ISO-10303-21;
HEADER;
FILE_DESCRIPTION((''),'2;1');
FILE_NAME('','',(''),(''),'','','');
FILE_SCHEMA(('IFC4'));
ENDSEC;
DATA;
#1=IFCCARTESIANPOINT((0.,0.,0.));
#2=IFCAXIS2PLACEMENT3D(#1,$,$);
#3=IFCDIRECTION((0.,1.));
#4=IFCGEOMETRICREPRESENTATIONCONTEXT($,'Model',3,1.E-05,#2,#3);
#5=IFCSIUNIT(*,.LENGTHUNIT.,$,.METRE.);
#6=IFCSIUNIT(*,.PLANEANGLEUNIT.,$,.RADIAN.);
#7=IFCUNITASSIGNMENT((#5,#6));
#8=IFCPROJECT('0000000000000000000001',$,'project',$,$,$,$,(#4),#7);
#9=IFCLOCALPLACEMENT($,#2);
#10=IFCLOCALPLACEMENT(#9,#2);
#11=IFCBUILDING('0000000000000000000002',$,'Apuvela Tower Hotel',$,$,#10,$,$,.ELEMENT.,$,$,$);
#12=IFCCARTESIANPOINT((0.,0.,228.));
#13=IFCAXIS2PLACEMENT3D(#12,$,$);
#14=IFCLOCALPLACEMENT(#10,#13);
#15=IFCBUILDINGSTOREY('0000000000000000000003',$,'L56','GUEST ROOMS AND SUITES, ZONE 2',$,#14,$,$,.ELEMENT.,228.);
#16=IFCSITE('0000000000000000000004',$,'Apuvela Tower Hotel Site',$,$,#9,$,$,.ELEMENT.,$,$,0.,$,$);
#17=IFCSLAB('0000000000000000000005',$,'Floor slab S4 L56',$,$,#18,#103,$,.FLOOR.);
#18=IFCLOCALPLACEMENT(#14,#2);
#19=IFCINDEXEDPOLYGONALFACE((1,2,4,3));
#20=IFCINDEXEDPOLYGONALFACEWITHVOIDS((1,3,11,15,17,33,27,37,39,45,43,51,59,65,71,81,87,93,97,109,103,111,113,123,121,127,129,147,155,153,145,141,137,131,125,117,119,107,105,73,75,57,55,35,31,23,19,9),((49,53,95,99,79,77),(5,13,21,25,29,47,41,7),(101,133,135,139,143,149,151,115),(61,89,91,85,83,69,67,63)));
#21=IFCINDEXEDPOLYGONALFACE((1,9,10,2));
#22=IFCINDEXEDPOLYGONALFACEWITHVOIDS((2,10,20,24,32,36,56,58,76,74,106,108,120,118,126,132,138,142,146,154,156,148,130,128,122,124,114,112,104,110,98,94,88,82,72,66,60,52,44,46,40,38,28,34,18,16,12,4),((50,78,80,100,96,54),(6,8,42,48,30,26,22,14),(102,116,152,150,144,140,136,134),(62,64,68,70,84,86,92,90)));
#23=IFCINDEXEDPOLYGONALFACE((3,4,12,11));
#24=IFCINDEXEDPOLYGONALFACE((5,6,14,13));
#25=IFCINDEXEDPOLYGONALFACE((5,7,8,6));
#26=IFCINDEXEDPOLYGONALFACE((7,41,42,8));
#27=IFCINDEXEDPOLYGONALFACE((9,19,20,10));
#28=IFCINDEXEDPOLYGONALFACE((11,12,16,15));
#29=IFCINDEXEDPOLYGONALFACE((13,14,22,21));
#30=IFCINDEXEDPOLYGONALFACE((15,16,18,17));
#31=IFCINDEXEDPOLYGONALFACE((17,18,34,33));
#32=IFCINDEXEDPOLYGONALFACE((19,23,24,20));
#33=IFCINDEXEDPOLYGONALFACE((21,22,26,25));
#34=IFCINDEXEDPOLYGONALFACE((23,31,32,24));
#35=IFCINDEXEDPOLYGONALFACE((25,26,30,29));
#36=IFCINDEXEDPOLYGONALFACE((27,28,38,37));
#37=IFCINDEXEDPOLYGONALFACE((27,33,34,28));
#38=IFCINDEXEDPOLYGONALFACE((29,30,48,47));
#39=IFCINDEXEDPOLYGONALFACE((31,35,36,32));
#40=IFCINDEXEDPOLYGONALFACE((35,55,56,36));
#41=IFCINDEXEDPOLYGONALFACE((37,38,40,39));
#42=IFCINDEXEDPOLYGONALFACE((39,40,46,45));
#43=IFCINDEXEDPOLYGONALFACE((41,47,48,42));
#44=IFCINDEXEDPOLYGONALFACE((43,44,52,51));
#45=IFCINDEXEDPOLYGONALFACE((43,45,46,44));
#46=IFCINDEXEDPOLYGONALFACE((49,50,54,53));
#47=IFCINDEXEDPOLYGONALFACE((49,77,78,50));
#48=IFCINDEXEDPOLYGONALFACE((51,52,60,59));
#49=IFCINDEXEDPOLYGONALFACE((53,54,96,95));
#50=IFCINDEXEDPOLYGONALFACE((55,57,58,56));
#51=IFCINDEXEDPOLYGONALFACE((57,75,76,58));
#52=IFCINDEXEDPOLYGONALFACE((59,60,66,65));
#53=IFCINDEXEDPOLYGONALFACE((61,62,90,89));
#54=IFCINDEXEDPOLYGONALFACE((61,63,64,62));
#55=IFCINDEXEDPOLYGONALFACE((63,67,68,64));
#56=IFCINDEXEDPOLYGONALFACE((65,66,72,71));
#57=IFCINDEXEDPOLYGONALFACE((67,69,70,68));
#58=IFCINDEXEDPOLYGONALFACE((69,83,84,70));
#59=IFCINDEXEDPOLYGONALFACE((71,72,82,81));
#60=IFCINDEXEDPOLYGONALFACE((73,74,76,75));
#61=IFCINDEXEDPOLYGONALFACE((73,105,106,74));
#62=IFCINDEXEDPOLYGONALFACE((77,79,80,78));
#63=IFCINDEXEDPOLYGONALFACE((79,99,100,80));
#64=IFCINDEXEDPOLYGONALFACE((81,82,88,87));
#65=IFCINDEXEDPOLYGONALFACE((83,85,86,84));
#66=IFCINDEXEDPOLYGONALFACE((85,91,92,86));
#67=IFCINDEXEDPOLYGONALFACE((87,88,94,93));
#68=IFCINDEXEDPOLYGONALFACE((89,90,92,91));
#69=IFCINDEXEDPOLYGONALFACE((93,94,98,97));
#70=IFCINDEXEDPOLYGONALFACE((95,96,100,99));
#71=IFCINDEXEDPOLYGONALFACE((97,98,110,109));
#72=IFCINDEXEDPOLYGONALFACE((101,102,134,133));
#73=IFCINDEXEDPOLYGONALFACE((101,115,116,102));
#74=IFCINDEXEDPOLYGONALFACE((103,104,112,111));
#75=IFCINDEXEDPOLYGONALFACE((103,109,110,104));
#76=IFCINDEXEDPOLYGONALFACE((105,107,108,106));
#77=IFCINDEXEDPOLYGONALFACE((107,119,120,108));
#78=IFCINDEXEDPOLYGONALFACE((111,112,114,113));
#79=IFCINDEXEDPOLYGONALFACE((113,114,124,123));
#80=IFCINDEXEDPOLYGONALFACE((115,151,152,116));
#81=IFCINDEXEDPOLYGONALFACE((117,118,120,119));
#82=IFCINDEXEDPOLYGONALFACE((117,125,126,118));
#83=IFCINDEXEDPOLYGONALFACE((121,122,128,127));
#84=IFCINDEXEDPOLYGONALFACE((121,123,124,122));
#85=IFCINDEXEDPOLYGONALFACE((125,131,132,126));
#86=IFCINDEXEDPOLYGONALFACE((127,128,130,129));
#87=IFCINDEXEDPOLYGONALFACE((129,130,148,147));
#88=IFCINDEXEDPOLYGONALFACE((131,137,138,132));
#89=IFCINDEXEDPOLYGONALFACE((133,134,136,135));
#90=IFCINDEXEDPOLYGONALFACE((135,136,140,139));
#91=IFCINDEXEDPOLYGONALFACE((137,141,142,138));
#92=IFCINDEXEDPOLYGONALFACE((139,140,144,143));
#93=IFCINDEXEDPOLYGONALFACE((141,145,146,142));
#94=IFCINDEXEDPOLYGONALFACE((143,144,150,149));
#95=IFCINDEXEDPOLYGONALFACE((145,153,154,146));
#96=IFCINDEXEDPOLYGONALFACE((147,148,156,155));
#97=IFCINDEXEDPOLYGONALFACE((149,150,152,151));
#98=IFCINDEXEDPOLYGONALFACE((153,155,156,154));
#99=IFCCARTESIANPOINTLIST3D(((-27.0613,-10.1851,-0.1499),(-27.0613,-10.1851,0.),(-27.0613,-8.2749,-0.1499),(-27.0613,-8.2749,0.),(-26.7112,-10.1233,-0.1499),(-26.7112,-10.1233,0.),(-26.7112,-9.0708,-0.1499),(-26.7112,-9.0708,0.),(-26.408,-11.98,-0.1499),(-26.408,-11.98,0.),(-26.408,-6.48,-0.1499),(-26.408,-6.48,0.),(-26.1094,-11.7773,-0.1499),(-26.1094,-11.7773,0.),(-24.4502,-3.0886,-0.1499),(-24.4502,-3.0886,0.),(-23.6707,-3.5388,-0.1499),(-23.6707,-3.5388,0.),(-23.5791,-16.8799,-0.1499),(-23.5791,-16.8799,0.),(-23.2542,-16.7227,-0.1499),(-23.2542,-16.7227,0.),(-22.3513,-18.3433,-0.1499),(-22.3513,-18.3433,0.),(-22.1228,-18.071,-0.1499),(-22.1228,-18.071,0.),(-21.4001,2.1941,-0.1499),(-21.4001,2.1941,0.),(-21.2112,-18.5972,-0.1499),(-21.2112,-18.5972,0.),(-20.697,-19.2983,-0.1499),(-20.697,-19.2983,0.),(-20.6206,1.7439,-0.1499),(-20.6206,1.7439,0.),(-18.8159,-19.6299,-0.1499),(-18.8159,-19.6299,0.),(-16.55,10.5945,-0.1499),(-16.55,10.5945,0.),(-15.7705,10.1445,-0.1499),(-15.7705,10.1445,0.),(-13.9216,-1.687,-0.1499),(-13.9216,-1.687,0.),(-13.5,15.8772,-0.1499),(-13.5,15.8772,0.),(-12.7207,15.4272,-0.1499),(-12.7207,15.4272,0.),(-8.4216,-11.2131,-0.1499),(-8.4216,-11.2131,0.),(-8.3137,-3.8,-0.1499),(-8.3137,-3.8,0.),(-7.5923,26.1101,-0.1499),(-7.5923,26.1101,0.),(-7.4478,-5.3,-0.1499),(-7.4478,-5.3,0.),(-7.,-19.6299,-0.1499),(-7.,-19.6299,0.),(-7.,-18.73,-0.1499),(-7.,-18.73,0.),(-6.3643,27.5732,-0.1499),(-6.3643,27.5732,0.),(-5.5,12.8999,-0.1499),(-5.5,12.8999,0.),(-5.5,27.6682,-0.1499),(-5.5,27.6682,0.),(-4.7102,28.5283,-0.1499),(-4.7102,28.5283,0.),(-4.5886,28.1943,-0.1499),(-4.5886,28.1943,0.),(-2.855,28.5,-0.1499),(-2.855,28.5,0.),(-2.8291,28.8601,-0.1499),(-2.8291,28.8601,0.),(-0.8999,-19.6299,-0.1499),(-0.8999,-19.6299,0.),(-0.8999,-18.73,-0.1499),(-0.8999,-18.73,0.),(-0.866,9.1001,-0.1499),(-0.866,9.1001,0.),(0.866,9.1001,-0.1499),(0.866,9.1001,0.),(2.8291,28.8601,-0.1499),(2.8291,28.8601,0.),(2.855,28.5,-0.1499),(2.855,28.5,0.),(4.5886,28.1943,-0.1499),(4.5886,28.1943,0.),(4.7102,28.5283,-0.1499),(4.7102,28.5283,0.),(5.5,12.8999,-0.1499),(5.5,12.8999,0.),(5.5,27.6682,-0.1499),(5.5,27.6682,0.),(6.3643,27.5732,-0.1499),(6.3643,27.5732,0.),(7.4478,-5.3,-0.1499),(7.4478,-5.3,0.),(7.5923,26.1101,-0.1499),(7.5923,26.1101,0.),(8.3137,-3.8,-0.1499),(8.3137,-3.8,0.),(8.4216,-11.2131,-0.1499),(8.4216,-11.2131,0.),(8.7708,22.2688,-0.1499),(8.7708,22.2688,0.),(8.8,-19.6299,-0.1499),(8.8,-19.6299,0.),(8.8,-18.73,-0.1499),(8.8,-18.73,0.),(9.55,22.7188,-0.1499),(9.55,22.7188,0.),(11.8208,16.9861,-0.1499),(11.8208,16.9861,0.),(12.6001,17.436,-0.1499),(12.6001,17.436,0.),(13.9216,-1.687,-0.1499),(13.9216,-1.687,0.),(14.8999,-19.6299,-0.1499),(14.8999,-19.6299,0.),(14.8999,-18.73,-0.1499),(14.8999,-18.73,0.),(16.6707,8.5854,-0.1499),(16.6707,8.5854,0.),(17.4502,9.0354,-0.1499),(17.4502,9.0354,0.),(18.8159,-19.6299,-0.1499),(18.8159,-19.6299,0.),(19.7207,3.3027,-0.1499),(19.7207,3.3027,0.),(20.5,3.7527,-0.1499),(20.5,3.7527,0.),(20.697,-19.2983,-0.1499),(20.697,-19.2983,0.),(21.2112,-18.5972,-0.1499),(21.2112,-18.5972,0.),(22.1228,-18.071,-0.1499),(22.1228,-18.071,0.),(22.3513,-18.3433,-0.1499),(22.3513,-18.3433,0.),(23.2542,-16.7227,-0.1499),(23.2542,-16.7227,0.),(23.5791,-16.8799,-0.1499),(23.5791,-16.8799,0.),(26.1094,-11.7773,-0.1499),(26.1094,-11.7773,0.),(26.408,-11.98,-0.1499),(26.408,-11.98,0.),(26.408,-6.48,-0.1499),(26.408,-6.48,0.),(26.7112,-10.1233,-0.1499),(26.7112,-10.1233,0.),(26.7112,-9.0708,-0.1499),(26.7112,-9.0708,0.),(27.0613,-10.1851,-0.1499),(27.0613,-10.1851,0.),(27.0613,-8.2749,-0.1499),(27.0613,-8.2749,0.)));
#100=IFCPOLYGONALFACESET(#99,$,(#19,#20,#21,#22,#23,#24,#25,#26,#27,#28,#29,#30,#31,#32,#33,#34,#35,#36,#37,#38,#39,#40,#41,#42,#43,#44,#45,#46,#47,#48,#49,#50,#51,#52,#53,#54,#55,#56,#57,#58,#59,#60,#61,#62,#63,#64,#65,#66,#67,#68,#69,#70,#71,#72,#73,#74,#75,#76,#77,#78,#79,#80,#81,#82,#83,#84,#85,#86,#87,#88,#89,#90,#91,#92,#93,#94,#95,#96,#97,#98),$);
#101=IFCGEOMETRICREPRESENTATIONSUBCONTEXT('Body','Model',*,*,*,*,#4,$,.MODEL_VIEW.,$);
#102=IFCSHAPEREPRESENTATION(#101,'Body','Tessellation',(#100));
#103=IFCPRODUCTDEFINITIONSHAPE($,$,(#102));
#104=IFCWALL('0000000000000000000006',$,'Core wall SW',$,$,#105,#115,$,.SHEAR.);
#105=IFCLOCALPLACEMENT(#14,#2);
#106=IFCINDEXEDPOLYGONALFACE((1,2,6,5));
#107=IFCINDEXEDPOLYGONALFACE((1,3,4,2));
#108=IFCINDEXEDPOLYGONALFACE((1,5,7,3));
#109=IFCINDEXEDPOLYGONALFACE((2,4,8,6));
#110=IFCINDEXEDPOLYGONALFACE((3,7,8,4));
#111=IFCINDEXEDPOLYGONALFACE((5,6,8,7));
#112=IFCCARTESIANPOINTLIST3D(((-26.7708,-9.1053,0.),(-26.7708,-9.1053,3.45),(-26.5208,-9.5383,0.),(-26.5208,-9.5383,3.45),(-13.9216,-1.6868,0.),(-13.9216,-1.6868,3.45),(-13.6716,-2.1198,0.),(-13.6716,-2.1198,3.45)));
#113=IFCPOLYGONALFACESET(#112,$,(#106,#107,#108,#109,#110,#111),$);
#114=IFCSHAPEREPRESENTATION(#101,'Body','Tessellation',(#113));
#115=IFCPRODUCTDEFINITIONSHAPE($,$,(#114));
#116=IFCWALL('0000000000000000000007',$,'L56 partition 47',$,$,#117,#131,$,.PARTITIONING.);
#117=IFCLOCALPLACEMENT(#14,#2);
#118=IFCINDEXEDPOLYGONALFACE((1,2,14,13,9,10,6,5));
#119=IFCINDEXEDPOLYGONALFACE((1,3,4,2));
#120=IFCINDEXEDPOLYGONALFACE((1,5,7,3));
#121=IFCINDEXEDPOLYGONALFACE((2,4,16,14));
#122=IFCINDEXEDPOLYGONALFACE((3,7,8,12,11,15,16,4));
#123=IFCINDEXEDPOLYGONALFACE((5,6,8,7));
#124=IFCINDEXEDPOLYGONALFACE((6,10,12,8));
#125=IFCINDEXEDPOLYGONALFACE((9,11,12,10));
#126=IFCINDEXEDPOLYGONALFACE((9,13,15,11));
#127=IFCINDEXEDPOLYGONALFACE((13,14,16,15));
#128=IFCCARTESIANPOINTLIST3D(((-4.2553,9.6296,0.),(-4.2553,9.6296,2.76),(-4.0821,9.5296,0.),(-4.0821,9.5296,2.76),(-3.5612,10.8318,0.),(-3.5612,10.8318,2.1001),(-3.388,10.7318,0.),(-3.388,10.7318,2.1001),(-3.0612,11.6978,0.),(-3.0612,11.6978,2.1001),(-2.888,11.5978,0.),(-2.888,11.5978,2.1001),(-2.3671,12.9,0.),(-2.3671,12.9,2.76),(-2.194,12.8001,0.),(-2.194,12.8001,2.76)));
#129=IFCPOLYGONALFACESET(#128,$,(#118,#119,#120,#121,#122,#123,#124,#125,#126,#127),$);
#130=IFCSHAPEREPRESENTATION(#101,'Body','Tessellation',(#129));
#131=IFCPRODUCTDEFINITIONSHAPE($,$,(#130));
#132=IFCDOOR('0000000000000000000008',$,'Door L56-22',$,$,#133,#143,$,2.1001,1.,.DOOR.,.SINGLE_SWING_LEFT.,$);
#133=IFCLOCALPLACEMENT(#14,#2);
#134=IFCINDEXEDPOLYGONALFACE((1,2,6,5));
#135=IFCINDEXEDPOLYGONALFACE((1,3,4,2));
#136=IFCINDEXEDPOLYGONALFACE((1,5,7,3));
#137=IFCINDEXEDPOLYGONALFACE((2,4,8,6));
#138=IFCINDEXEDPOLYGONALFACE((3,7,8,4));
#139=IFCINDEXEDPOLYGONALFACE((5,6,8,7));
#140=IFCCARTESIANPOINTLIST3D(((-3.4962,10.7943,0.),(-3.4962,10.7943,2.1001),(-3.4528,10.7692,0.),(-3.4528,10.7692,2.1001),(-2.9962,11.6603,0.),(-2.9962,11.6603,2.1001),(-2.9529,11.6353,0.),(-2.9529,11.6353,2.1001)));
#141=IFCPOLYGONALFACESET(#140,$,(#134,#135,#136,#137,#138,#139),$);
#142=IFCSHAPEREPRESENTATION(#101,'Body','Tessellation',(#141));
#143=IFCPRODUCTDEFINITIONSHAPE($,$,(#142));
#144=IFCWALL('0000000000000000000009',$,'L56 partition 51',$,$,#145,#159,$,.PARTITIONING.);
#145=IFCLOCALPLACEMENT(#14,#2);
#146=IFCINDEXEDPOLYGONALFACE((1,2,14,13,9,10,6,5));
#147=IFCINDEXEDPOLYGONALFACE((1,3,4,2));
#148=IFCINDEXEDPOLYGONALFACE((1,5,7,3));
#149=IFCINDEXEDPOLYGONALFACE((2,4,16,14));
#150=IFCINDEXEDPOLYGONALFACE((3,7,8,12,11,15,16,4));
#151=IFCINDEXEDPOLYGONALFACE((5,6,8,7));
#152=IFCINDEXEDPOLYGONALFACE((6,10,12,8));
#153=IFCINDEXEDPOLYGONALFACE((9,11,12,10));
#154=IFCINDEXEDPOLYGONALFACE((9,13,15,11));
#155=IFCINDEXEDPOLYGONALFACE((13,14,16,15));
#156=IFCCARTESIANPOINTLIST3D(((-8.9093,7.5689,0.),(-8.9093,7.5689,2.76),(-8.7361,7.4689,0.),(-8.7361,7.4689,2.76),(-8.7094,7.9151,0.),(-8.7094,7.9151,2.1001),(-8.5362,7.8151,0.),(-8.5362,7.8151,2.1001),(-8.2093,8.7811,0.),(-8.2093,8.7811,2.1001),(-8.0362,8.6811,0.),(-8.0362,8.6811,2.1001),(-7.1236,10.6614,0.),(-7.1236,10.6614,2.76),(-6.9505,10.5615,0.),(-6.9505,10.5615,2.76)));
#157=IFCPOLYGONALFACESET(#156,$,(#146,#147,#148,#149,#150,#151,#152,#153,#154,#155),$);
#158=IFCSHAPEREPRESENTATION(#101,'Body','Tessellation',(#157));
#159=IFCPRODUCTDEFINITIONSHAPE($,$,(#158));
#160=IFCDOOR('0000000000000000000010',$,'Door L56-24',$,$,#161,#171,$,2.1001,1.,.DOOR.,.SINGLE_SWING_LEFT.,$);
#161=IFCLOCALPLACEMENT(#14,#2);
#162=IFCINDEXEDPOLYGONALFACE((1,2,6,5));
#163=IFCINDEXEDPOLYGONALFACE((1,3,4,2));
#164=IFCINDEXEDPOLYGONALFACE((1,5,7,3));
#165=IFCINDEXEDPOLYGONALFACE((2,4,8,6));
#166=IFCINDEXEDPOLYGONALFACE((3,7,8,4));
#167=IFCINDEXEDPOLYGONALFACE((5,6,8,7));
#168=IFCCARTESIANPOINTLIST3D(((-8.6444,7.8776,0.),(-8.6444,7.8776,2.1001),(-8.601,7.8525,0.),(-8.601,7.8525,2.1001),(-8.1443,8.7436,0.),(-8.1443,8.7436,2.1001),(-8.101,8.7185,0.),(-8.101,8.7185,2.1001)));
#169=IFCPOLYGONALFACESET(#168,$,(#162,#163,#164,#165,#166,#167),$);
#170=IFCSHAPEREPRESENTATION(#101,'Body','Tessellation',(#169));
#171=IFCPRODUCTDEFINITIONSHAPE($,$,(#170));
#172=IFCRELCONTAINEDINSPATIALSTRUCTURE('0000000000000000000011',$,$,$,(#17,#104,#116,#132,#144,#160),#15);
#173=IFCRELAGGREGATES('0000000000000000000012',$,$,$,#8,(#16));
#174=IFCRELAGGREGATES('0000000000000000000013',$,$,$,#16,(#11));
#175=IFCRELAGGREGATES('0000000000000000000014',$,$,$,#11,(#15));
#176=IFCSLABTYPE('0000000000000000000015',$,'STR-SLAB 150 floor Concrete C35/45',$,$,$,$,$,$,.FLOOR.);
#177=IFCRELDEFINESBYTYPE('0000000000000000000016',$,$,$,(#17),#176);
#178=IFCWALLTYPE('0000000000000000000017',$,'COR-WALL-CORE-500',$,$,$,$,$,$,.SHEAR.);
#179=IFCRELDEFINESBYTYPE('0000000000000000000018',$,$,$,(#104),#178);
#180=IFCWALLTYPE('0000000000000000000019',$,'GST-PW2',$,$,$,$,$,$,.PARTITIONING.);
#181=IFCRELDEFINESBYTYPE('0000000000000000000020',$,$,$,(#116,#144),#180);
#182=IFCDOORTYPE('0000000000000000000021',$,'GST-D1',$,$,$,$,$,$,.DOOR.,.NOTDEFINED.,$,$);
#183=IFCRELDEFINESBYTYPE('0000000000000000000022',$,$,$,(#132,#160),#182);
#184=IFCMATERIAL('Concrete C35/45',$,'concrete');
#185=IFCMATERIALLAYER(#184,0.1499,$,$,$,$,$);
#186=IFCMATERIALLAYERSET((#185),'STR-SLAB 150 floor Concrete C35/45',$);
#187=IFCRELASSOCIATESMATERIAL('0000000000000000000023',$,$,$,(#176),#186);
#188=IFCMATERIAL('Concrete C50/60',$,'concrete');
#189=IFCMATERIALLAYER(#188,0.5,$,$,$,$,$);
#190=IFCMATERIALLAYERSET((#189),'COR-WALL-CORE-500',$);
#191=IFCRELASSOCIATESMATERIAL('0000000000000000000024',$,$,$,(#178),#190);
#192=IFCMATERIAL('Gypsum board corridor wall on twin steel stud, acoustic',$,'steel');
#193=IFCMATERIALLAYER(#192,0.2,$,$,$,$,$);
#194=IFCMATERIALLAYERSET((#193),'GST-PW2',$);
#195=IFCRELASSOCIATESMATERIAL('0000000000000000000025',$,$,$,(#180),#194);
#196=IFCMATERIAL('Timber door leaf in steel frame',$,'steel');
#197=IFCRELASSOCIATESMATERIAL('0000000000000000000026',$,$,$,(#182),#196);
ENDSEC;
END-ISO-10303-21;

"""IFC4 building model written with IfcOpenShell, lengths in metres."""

from ifc_helpers import new_model, si_unit, direction, frame, frame_2d, origin, place, context, subcontext, project, spatial, polyline, rectangle, outline, extrude, material, layer, layer_set, type_object, element, fill, save


model = new_model("IFC4")

# Units and contexts
model_context = context("Model", 3, precision=1e-05, world=origin(), true_north=direction((0.0, 1.0)))
body_context = subcontext(model_context, "Body", "Model", "MODEL_VIEW")
ifc_project = project(units=[si_unit("LENGTHUNIT", "METRE"), si_unit("PLANEANGLEUNIT", "RADIAN")], contexts=[model_context])

# Site, building, storey
site_placement = place(None, origin())
site = spatial("IfcSite", under=ifc_project, at=site_placement, Name="Apuvela Tower Hotel Site", CompositionType="ELEMENT", RefElevation=0.0)
building_placement = place(site_placement, origin())
building = spatial("IfcBuilding", under=site, at=building_placement, Name="Apuvela Tower Hotel", CompositionType="ELEMENT")
storey_placement = place(building_placement, frame((0.0, 0.0, 228.0)))
storey = spatial("IfcBuildingStorey", under=building, at=storey_placement, Name="L56", Description="GUEST ROOMS AND SUITES, ZONE 2", CompositionType="ELEMENT", Elevation=228.0)

# Slab
ifc_material_1 = material(Name="Concrete C35/45", Category="concrete")
ifc_layer_1 = layer(ifc_material_1, 0.1499)
ifc_layer_set_1 = layer_set([ifc_layer_1], Name="STR-SLAB 150 floor Concrete C35/45")
slab_type_1 = type_object("IfcSlabType", Name="STR-SLAB 150 floor Concrete C35/45", PredefinedType="FLOOR", material=ifc_layer_set_1)
slab_1_placement = place(storey_placement, frame((0.0, 0.0, -0.1499)))
element("IfcSlab", 1, at=slab_1_placement, inside=storey, type_object=slab_type_1, Name="Floor slab S4 L56", PredefinedType="FLOOR", context=body_context, shape_type="SweptSolid", body=[
    extrude(outline(polyline([(-6.3643, 27.5732), (-4.7102, 28.5283), (-2.8291, 28.8601), (2.8291, 28.8601), (4.7102, 28.5283), (6.3643, 27.5732), (7.5923, 26.1101), (9.55, 22.7188), (8.7708, 22.2688), (11.8208, 16.9861), (12.6001, 17.436), (17.4502, 9.0354), (16.6707, 8.5854), (19.7207, 3.3027), (20.5, 3.7527), (26.408, -6.48), (27.0613, -8.2749), (27.0613, -10.1851), (26.408, -11.98), (23.5791, -16.8799), (22.3513, -18.3433), (20.697, -19.2983), (18.8159, -19.6299), (14.8999, -19.6299), (14.8999, -18.73), (8.8, -18.73), (8.8, -19.6299), (-0.8999, -19.6299), (-0.8999, -18.73), (-7.0, -18.73), (-7.0, -19.6299), (-18.8159, -19.6299), (-20.697, -19.2983), (-22.3513, -18.3433), (-23.5791, -16.8799), (-26.408, -11.98), (-27.0613, -10.1851), (-27.0613, -8.2749), (-26.408, -6.48), (-24.4502, -3.0886), (-23.6707, -3.5388), (-20.6206, 1.7439), (-21.4001, 2.1941), (-16.55, 10.5945), (-15.7705, 10.1445), (-12.7207, 15.4272), (-13.5, 15.8772), (-7.5923, 26.1101), (-6.3643, 27.5732)]), holes=[polyline([(0.866, 9.1001), (-0.866, 9.1001), (-8.3137, -3.8), (-7.4478, -5.3), (7.4478, -5.3), (8.3137, -3.8), (0.866, 9.1001)]), polyline([(-5.5, 12.8999), (-5.5, 27.6682), (-4.5886, 28.1943), (-2.855, 28.5), (2.855, 28.5), (4.5886, 28.1943), (5.5, 27.6682), (5.5, 12.8999), (-5.5, 12.8999)]), polyline([(-8.4216, -11.2131), (-21.2112, -18.5972), (-22.1228, -18.071), (-23.2542, -16.7227), (-26.1094, -11.7773), (-26.7112, -10.1233), (-26.7112, -9.0708), (-13.9216, -1.687), (-8.4216, -11.2131)]), polyline([(13.9216, -1.687), (26.7112, -9.0708), (26.7112, -10.1233), (26.1094, -11.7773), (23.2542, -16.7227), (22.1228, -18.071), (21.2112, -18.5972), (8.4216, -11.2131), (13.9216, -1.687)])]), origin(), (0.0, 0.0, 1.0), 0.1499),
])

# Wall
ifc_material_2 = material(Name="Concrete C50/60", Category="concrete")
ifc_layer_2 = layer(ifc_material_2, 0.5)
ifc_layer_set_2 = layer_set([ifc_layer_2], Name="COR-WALL-CORE-500")
wall_type_1 = type_object("IfcWallType", Name="COR-WALL-CORE-500", PredefinedType="SHEAR", material=ifc_layer_set_2)
wall_1_placement = place(storey_placement, frame((-13.7966, -1.9033, 0.0), z_axis=(0.0, 0.0, 1.0), x_axis=(-0.866025, -0.500001, 0.0)))
element("IfcWall", 2, at=wall_1_placement, inside=storey, type_object=wall_type_1, Name="Core wall SW", PredefinedType="SHEAR", context=body_context, shape_type="SweptSolid", body=[
    extrude(rectangle(XDim=14.8369, YDim=0.5, at=frame_2d((7.4185, 0.0))), origin(), (0.0, 0.0, 1.0), 3.45),
])

# Walls, openings, doors
ifc_material_3 = material(Name="Gypsum board corridor wall on twin steel stud, acoustic", Category="steel")
ifc_layer_3 = layer(ifc_material_3, 0.2)
ifc_layer_set_3 = layer_set([ifc_layer_3], Name="GST-PW2")
wall_type_2 = type_object("IfcWallType", Name="GST-PW2", PredefinedType="PARTITIONING", material=ifc_layer_set_3)
wall_2_placement = place(storey_placement, frame((-4.1687, 9.5796, 0.0), z_axis=(0.0, 0.0, 1.0), x_axis=(0.499991, 0.866031, 0.0)))
wall_2 = element("IfcWall", 3, at=wall_2_placement, inside=storey, type_object=wall_type_2, Name="L56 partition 47", PredefinedType="PARTITIONING", context=body_context, shape_type="SweptSolid", body=[
    extrude(rectangle(XDim=3.7764, YDim=0.2, at=frame_2d((1.8882, 0.0))), origin(), (0.0, 0.0, 1.0), 2.76),
])
opening_1_placement = place(wall_2_placement, frame((1.3882, 0.0, 0.0)))
opening_1 = element("IfcOpeningElement", 4, at=opening_1_placement, cuts=wall_2, PredefinedType="OPENING", context=body_context, shape_type="SweptSolid", body=[
    extrude(rectangle(XDim=1.0, YDim=2.1001, at=frame_2d((0.5, 1.05))), frame((0.0, 0.1099, 0.0), z_axis=(0.0, -1.0, 0.0), x_axis=(1.0, 0.0, 0.0)), (0.0, 0.0, 1.0), 0.22),
])
ifc_material_4 = material(Name="Timber door leaf in steel frame", Category="steel")
door_type_1 = type_object("IfcDoorType", Name="GST-D1", OperationType="NOTDEFINED", PredefinedType="DOOR", material=ifc_material_4)
door_1_placement = place(opening_1_placement, origin())
door_1 = element("IfcDoor", 5, at=door_1_placement, inside=storey, type_object=door_type_1, Name="Door L56-22", OperationType="SINGLE_SWING_LEFT", OverallHeight=2.1001, OverallWidth=1.0, PredefinedType="DOOR", context=body_context, shape_type="SweptSolid", body=[
    extrude(rectangle(XDim=1.0, YDim=2.1001, at=frame_2d((0.5, 1.05))), frame((0.0, 0.0249, 0.0), z_axis=(0.0, -1.0, 0.0), x_axis=(1.0, 0.0, 0.0)), (0.0, 0.0, 1.0), 0.05),
])
fill(opening_1, door_1)
wall_3_placement = place(storey_placement, frame((-8.8228, 7.5188, 0.0), z_axis=(0.0, 0.0, 1.0), x_axis=(0.500036, 0.866005, 0.0)))
wall_3 = element("IfcWall", 6, at=wall_3_placement, inside=storey, type_object=wall_type_2, Name="L56 partition 51", PredefinedType="PARTITIONING", context=body_context, shape_type="SweptSolid", body=[
    extrude(rectangle(XDim=3.571, YDim=0.2, at=frame_2d((1.7856, 0.0))), origin(), (0.0, 0.0, 1.0), 2.76),
])
opening_2_placement = place(wall_3_placement, frame((0.3999, 0.0, 0.0)))
opening_2 = element("IfcOpeningElement", 7, at=opening_2_placement, cuts=wall_3, PredefinedType="OPENING", context=body_context, shape_type="SweptSolid", body=[
    extrude(rectangle(XDim=1.0, YDim=2.1001, at=frame_2d((0.5, 1.05))), frame((0.0, 0.1099, 0.0), z_axis=(0.0, -1.0, 0.0), x_axis=(1.0, 0.0, 0.0)), (0.0, 0.0, 1.0), 0.22),
])
door_2_placement = place(opening_2_placement, origin())
door_2 = element("IfcDoor", 8, at=door_2_placement, inside=storey, type_object=door_type_1, Name="Door L56-24", OperationType="SINGLE_SWING_LEFT", OverallHeight=2.1001, OverallWidth=1.0, PredefinedType="DOOR", context=body_context, shape_type="SweptSolid", body=[
    extrude(rectangle(XDim=1.0, YDim=2.1001, at=frame_2d((0.5, 1.05))), frame((0.0, 0.0249, 0.0), z_axis=(0.0, -1.0, 0.0), x_axis=(1.0, 0.0, 0.0)), (0.0, 0.0, 1.0), 0.05),
])
fill(opening_2, door_2)

save(model, "model.ifc")
